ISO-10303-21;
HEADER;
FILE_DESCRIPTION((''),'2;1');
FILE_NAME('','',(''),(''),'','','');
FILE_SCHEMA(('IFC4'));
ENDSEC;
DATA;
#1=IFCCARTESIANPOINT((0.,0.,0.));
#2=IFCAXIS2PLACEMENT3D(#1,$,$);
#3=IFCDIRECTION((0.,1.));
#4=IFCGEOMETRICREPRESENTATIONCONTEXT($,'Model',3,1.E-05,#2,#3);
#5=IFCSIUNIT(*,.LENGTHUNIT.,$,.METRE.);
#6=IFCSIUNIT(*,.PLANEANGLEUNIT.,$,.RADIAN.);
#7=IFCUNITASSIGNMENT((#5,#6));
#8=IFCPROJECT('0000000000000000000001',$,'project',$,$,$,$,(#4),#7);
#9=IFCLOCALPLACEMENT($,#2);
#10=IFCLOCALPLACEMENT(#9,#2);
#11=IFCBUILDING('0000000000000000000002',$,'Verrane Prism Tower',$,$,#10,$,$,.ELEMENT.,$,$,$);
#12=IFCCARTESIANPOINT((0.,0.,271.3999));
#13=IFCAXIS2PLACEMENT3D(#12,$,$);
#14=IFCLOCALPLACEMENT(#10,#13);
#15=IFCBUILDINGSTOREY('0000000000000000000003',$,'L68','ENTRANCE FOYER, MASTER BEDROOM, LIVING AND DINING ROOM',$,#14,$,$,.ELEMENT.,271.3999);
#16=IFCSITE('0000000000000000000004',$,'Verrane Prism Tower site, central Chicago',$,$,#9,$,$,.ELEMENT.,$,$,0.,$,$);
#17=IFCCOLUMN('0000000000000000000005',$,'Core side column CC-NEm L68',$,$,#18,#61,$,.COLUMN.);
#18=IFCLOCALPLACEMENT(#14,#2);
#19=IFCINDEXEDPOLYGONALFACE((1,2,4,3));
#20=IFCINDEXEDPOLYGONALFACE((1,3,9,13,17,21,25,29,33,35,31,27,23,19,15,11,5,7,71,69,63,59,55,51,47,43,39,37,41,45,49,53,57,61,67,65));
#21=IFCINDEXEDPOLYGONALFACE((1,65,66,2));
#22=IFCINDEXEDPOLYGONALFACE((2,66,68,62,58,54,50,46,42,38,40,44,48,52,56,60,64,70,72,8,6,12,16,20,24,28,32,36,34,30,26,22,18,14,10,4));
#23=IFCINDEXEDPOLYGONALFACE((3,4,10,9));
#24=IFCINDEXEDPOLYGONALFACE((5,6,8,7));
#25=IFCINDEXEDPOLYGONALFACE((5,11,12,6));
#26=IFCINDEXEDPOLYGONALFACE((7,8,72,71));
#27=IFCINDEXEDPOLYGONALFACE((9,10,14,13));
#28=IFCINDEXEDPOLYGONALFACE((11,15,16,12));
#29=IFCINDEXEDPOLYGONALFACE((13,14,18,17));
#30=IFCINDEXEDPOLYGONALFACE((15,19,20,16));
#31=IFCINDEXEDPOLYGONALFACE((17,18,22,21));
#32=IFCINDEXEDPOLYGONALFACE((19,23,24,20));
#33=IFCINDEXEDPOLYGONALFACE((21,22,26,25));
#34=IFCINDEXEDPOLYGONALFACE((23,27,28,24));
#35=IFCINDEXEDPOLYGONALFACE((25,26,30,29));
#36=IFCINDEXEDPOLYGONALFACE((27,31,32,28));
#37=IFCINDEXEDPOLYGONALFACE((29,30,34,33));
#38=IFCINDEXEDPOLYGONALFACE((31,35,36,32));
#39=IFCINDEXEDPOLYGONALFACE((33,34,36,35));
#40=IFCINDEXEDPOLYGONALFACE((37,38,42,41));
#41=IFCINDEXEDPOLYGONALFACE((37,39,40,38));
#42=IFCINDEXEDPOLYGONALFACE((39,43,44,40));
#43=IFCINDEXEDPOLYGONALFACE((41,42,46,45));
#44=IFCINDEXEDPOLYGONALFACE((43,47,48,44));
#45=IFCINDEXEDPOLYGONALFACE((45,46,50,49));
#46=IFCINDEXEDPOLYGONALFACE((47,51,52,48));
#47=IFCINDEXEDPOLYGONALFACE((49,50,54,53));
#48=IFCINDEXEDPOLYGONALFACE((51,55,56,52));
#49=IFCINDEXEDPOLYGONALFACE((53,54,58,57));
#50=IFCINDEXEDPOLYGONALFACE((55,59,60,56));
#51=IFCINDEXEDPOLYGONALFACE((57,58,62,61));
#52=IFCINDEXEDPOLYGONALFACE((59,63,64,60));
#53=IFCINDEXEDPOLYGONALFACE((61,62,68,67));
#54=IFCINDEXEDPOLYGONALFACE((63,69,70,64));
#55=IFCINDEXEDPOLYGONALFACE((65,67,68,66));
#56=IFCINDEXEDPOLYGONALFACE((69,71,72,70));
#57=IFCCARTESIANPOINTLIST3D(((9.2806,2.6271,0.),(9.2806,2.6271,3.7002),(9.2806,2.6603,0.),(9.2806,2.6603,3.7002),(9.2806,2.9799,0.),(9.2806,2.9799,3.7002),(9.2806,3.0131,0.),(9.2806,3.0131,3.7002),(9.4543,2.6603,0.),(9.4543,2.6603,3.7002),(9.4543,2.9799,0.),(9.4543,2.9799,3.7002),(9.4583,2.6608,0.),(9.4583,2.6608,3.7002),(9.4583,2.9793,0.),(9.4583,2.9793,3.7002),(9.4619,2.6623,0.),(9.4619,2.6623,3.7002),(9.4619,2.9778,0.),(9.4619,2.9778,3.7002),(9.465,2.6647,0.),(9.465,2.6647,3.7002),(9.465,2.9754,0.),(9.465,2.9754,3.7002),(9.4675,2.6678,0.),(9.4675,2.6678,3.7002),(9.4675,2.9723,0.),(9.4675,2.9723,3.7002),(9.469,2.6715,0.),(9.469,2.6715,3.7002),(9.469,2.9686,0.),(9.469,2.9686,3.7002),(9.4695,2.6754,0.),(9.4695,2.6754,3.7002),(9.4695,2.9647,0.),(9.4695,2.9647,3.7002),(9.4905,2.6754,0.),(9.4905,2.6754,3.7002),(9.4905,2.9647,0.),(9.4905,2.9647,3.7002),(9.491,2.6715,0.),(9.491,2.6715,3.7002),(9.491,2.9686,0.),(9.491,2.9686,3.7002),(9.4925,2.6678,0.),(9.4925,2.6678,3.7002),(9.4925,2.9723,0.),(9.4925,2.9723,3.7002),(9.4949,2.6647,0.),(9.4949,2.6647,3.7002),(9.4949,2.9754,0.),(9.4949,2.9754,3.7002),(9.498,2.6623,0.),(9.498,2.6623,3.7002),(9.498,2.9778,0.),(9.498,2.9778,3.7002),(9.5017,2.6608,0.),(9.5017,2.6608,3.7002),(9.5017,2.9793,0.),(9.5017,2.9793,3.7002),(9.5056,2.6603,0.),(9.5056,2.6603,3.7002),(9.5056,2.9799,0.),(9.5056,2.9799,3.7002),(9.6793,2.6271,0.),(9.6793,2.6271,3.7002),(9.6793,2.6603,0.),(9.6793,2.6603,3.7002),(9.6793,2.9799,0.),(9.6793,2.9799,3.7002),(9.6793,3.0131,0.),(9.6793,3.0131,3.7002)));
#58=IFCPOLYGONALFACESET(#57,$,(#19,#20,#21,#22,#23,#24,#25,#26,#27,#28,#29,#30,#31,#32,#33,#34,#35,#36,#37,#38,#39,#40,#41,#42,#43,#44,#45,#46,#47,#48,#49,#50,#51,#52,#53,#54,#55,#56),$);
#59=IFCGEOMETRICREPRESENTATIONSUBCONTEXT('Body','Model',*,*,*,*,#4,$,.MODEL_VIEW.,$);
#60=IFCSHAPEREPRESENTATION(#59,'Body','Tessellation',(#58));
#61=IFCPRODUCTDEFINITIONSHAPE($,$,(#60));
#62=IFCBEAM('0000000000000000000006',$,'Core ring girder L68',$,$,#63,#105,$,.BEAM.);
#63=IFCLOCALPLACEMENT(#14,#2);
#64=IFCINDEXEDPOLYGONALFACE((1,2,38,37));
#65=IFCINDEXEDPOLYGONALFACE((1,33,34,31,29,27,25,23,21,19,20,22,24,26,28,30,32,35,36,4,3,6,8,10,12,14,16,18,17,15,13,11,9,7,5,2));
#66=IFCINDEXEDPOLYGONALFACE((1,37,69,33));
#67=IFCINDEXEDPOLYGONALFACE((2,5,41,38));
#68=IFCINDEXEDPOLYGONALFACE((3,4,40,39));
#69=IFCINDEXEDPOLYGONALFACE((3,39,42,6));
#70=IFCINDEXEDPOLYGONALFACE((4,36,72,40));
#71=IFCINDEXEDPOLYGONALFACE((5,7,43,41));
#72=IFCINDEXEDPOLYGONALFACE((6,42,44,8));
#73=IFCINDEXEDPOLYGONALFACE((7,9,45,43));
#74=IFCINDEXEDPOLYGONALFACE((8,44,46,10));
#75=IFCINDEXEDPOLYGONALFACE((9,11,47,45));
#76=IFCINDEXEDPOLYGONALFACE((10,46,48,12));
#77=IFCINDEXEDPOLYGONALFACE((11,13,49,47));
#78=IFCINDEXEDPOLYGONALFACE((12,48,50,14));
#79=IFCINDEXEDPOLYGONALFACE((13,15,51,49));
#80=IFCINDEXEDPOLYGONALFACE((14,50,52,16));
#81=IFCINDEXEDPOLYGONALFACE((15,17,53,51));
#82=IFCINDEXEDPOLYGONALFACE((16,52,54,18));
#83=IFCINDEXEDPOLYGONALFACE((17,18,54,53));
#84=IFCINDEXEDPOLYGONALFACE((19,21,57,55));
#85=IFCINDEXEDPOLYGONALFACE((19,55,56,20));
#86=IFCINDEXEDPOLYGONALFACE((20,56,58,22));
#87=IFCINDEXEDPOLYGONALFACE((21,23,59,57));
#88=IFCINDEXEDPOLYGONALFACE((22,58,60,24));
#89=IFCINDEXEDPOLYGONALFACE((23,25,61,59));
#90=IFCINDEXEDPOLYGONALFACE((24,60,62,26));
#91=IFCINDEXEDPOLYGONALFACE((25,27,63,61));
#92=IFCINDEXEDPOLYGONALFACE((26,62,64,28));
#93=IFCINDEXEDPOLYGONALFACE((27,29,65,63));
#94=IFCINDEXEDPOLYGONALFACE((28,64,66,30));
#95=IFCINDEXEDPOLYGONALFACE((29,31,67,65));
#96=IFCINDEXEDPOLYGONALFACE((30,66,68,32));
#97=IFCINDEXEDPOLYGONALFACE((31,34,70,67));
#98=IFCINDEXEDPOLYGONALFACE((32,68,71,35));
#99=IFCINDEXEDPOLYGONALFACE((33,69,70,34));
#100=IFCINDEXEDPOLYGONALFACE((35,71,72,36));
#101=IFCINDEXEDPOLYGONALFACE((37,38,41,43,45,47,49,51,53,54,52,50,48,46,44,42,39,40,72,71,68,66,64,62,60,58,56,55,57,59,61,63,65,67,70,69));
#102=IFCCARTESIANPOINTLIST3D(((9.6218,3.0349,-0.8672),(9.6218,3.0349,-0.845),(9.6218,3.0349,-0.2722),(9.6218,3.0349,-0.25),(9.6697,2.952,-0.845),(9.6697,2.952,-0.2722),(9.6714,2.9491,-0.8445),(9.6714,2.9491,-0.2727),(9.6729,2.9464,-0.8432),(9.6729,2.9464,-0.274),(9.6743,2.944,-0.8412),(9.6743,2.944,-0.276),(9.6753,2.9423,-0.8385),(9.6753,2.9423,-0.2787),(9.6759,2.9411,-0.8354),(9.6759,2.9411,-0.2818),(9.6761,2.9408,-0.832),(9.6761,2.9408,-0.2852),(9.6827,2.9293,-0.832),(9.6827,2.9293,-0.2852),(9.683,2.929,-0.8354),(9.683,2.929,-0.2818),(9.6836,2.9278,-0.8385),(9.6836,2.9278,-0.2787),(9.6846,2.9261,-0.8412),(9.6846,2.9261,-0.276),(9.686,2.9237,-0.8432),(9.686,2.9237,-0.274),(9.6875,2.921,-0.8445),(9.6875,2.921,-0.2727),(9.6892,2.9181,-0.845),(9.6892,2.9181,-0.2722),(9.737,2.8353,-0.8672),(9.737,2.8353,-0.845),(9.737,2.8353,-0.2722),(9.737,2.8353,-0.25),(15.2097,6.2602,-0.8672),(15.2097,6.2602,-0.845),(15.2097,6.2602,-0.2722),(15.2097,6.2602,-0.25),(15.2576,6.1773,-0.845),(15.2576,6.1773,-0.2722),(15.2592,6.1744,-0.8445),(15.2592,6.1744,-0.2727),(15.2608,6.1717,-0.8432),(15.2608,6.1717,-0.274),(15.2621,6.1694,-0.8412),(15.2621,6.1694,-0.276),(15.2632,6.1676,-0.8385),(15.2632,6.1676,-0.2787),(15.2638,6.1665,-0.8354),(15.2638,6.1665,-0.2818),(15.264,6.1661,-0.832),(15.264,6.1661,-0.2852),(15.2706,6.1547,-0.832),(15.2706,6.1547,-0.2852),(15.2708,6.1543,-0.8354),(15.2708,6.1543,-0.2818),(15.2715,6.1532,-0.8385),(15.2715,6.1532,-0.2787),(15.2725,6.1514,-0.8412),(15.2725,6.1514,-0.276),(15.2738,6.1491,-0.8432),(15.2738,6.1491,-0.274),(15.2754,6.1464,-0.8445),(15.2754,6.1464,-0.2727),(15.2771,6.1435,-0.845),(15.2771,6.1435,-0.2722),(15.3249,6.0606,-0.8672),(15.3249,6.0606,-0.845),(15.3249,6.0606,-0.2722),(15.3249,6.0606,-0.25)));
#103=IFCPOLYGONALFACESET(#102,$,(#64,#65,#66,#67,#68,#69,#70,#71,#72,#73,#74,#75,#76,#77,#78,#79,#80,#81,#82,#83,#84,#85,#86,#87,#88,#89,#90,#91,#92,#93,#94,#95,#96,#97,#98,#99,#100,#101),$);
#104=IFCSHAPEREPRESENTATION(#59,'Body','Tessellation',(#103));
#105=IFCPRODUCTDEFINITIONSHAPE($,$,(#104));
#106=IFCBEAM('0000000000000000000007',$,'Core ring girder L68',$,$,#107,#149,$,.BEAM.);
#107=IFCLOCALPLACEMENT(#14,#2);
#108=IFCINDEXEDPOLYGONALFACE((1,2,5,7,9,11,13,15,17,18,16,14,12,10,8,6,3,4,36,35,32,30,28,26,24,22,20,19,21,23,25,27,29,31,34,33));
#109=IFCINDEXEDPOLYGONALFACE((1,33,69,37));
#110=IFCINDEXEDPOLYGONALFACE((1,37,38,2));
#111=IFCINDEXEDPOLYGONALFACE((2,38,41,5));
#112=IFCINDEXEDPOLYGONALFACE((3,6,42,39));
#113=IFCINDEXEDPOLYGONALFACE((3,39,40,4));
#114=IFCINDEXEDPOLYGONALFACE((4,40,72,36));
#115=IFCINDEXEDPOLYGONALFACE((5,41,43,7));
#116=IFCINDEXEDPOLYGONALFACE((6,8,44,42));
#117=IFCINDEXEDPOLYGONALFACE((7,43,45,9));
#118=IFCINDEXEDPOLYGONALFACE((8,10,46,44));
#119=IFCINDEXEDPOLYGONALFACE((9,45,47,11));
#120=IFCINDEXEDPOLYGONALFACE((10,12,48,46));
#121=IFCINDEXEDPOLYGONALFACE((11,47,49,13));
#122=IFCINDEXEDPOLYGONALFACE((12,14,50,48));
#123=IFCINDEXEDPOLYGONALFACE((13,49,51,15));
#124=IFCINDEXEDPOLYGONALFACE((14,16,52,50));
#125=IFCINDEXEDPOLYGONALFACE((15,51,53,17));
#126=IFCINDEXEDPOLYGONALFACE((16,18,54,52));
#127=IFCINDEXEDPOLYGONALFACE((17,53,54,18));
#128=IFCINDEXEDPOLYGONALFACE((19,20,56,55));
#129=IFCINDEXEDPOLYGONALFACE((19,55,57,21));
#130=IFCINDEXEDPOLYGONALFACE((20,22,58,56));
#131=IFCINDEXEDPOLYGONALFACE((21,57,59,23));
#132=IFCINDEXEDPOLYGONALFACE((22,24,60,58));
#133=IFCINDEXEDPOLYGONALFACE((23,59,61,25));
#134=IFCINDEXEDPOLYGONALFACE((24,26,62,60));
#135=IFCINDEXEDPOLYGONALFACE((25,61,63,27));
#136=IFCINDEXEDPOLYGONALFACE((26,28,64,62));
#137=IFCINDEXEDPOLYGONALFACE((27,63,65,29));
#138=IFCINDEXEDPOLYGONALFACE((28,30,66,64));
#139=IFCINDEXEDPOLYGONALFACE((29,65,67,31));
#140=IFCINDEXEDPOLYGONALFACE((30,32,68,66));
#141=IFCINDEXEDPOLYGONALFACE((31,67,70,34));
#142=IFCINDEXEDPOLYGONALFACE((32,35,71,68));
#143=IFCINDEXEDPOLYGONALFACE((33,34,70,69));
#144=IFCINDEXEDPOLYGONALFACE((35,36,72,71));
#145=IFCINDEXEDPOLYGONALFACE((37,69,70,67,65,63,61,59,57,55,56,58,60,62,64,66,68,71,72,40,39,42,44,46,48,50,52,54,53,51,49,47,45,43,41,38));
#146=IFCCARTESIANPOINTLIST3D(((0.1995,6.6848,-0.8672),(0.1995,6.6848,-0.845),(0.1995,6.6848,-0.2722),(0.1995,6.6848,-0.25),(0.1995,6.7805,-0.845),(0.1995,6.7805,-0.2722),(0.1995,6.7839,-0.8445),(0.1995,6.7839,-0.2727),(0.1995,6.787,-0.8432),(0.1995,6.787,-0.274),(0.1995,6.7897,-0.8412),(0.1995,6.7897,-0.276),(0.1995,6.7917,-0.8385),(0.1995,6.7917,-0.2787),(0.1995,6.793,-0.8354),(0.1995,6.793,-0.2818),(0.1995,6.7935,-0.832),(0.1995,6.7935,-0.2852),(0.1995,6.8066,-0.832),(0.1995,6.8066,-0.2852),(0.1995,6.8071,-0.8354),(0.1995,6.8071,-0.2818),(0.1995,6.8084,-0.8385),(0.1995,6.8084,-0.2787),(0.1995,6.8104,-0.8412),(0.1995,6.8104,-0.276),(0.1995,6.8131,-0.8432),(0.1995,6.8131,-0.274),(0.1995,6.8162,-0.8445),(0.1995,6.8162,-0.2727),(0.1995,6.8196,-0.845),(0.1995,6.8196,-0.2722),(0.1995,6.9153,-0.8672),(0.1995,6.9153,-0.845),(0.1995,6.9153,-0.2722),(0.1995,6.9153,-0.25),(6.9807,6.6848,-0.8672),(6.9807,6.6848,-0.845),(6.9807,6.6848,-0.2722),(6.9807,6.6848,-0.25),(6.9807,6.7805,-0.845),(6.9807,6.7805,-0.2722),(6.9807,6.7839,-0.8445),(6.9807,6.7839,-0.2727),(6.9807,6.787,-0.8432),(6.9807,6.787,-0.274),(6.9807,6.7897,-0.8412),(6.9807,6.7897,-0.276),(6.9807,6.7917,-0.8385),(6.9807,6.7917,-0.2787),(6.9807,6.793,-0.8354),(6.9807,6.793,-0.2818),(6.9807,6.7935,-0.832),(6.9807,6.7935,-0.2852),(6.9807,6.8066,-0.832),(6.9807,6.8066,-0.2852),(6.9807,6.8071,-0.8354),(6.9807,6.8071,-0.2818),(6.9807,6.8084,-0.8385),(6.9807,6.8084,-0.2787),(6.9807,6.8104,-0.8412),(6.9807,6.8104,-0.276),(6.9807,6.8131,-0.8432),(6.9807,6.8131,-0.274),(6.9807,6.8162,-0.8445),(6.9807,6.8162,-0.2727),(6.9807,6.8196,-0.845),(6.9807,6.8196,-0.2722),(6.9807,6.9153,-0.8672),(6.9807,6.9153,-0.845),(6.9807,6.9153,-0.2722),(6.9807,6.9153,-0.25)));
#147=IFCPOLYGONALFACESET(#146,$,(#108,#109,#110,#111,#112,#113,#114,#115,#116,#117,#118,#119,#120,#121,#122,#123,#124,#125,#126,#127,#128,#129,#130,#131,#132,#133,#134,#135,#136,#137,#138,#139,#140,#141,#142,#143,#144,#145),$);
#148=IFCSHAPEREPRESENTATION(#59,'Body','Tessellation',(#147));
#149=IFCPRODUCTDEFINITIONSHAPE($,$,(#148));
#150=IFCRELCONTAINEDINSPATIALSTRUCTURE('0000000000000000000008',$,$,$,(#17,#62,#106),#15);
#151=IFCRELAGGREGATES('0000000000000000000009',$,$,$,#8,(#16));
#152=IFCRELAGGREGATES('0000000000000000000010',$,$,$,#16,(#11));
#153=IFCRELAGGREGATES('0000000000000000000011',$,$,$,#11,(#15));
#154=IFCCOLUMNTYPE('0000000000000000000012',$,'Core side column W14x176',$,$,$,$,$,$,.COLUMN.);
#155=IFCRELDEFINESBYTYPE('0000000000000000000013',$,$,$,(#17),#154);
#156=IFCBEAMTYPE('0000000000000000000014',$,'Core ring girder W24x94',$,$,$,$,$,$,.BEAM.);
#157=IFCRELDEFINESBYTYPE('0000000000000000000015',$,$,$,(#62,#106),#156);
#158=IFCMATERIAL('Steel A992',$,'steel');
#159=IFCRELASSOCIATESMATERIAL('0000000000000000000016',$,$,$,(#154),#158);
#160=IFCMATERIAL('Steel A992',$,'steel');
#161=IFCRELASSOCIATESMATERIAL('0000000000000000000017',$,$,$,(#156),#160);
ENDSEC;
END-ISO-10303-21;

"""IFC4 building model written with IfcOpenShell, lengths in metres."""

from ifc_helpers import new_model, si_unit, direction, frame, origin, origin_2d, place, context, subcontext, project, spatial, i_section, extrude, material, material_profile, profile_set, type_object, element, save


model = new_model("IFC4")

# Units and contexts
model_context = context("Model", 3, precision=1e-05, world=origin(), true_north=direction((0.0, 1.0)))
body_context = subcontext(model_context, "Body", "Model", "MODEL_VIEW")
ifc_project = project(units=[si_unit("LENGTHUNIT", "METRE"), si_unit("PLANEANGLEUNIT", "RADIAN")], contexts=[model_context])

# Site, building, storey
site_placement = place(None, origin())
site = spatial("IfcSite", under=ifc_project, at=site_placement, Name="Verrane Prism Tower site, central Chicago", CompositionType="ELEMENT", RefElevation=0.0)
building_placement = place(site_placement, origin())
building = spatial("IfcBuilding", under=site, at=building_placement, Name="Verrane Prism Tower", CompositionType="ELEMENT")
storey_placement = place(building_placement, frame((0.0, 0.0, 271.3999)))
storey = spatial("IfcBuildingStorey", under=building, at=storey_placement, Name="L68", Description="ENTRANCE FOYER, MASTER BEDROOM, LIVING AND DINING ROOM", CompositionType="ELEMENT", Elevation=271.3999)

# Column
ifc_material_1 = material(Name="Steel A992", Category="steel")
ifc_material_profile_1 = material_profile(ifc_material_1, i_section(OverallWidth=0.3987, OverallDepth=0.386, WebThickness=0.021, FlangeThickness=0.0332, FilletRadius=0.0151, at=origin_2d()), Name="W14x176")
ifc_profile_set_1 = profile_set([ifc_material_profile_1], Name="Steel A992")
column_type = type_object("IfcColumnType", Name="Core side column W14x176", PredefinedType="COLUMN", material=ifc_profile_set_1)
column_placement = place(storey_placement, frame((9.48, 2.8201, 0.0), z_axis=(0.0, 0.0, 1.0), x_axis=(1.0, 0.0, 0.0)))
element("IfcColumn", 1, at=column_placement, inside=storey, type_object=column_type, Name="Core side column CC-NEm L68", PredefinedType="COLUMN", context=body_context, shape_type="SweptSolid", body=[
    extrude(i_section(OverallWidth=0.3987, OverallDepth=0.386, WebThickness=0.021, FlangeThickness=0.0332, FilletRadius=0.0151, at=origin_2d()), origin(), (0.0, 0.0, 1.0), 3.7002),
])

# Beams
ifc_material_2 = material(Name="Steel A992", Category="steel")
ifc_material_profile_2 = material_profile(ifc_material_2, i_section(OverallWidth=0.2305, OverallDepth=0.6172, WebThickness=0.0132, FlangeThickness=0.0222, FilletRadius=0.0129, at=origin_2d()), Name="W24x94")
ifc_profile_set_2 = profile_set([ifc_material_profile_2], Name="Steel A992")
beam_type = type_object("IfcBeamType", Name="Core ring girder W24x94", PredefinedType="BEAM", material=ifc_profile_set_2)
beam_1_placement = place(storey_placement, frame((9.6794, 2.9351, -0.5586), z_axis=(0.866081, 0.499904, 0.0), x_axis=(-0.499904, 0.866081, 0.0)))
element("IfcBeam", 2, at=beam_1_placement, inside=storey, type_object=beam_type, Name="Core ring girder L68", PredefinedType="BEAM", context=body_context, shape_type="SweptSolid", body=[
    extrude(i_section(OverallWidth=0.2305, OverallDepth=0.6172, WebThickness=0.0132, FlangeThickness=0.0222, FilletRadius=0.0129, at=origin_2d()), origin(), (0.0, 0.0, 1.0), 6.4519),
])
beam_2_placement = place(storey_placement, frame((6.9807, 6.8, -0.5586), z_axis=(-1.0, 0.0, 0.0), x_axis=(0.0, -1.0, 0.0)))
element("IfcBeam", 3, at=beam_2_placement, inside=storey, type_object=beam_type, Name="Core ring girder L68", PredefinedType="BEAM", context=body_context, shape_type="SweptSolid", body=[
    extrude(i_section(OverallWidth=0.2305, OverallDepth=0.6172, WebThickness=0.0132, FlangeThickness=0.0222, FilletRadius=0.0129, at=origin_2d()), origin(), (0.0, 0.0, 1.0), 6.7812),
])

save(model, "model.ifc")
